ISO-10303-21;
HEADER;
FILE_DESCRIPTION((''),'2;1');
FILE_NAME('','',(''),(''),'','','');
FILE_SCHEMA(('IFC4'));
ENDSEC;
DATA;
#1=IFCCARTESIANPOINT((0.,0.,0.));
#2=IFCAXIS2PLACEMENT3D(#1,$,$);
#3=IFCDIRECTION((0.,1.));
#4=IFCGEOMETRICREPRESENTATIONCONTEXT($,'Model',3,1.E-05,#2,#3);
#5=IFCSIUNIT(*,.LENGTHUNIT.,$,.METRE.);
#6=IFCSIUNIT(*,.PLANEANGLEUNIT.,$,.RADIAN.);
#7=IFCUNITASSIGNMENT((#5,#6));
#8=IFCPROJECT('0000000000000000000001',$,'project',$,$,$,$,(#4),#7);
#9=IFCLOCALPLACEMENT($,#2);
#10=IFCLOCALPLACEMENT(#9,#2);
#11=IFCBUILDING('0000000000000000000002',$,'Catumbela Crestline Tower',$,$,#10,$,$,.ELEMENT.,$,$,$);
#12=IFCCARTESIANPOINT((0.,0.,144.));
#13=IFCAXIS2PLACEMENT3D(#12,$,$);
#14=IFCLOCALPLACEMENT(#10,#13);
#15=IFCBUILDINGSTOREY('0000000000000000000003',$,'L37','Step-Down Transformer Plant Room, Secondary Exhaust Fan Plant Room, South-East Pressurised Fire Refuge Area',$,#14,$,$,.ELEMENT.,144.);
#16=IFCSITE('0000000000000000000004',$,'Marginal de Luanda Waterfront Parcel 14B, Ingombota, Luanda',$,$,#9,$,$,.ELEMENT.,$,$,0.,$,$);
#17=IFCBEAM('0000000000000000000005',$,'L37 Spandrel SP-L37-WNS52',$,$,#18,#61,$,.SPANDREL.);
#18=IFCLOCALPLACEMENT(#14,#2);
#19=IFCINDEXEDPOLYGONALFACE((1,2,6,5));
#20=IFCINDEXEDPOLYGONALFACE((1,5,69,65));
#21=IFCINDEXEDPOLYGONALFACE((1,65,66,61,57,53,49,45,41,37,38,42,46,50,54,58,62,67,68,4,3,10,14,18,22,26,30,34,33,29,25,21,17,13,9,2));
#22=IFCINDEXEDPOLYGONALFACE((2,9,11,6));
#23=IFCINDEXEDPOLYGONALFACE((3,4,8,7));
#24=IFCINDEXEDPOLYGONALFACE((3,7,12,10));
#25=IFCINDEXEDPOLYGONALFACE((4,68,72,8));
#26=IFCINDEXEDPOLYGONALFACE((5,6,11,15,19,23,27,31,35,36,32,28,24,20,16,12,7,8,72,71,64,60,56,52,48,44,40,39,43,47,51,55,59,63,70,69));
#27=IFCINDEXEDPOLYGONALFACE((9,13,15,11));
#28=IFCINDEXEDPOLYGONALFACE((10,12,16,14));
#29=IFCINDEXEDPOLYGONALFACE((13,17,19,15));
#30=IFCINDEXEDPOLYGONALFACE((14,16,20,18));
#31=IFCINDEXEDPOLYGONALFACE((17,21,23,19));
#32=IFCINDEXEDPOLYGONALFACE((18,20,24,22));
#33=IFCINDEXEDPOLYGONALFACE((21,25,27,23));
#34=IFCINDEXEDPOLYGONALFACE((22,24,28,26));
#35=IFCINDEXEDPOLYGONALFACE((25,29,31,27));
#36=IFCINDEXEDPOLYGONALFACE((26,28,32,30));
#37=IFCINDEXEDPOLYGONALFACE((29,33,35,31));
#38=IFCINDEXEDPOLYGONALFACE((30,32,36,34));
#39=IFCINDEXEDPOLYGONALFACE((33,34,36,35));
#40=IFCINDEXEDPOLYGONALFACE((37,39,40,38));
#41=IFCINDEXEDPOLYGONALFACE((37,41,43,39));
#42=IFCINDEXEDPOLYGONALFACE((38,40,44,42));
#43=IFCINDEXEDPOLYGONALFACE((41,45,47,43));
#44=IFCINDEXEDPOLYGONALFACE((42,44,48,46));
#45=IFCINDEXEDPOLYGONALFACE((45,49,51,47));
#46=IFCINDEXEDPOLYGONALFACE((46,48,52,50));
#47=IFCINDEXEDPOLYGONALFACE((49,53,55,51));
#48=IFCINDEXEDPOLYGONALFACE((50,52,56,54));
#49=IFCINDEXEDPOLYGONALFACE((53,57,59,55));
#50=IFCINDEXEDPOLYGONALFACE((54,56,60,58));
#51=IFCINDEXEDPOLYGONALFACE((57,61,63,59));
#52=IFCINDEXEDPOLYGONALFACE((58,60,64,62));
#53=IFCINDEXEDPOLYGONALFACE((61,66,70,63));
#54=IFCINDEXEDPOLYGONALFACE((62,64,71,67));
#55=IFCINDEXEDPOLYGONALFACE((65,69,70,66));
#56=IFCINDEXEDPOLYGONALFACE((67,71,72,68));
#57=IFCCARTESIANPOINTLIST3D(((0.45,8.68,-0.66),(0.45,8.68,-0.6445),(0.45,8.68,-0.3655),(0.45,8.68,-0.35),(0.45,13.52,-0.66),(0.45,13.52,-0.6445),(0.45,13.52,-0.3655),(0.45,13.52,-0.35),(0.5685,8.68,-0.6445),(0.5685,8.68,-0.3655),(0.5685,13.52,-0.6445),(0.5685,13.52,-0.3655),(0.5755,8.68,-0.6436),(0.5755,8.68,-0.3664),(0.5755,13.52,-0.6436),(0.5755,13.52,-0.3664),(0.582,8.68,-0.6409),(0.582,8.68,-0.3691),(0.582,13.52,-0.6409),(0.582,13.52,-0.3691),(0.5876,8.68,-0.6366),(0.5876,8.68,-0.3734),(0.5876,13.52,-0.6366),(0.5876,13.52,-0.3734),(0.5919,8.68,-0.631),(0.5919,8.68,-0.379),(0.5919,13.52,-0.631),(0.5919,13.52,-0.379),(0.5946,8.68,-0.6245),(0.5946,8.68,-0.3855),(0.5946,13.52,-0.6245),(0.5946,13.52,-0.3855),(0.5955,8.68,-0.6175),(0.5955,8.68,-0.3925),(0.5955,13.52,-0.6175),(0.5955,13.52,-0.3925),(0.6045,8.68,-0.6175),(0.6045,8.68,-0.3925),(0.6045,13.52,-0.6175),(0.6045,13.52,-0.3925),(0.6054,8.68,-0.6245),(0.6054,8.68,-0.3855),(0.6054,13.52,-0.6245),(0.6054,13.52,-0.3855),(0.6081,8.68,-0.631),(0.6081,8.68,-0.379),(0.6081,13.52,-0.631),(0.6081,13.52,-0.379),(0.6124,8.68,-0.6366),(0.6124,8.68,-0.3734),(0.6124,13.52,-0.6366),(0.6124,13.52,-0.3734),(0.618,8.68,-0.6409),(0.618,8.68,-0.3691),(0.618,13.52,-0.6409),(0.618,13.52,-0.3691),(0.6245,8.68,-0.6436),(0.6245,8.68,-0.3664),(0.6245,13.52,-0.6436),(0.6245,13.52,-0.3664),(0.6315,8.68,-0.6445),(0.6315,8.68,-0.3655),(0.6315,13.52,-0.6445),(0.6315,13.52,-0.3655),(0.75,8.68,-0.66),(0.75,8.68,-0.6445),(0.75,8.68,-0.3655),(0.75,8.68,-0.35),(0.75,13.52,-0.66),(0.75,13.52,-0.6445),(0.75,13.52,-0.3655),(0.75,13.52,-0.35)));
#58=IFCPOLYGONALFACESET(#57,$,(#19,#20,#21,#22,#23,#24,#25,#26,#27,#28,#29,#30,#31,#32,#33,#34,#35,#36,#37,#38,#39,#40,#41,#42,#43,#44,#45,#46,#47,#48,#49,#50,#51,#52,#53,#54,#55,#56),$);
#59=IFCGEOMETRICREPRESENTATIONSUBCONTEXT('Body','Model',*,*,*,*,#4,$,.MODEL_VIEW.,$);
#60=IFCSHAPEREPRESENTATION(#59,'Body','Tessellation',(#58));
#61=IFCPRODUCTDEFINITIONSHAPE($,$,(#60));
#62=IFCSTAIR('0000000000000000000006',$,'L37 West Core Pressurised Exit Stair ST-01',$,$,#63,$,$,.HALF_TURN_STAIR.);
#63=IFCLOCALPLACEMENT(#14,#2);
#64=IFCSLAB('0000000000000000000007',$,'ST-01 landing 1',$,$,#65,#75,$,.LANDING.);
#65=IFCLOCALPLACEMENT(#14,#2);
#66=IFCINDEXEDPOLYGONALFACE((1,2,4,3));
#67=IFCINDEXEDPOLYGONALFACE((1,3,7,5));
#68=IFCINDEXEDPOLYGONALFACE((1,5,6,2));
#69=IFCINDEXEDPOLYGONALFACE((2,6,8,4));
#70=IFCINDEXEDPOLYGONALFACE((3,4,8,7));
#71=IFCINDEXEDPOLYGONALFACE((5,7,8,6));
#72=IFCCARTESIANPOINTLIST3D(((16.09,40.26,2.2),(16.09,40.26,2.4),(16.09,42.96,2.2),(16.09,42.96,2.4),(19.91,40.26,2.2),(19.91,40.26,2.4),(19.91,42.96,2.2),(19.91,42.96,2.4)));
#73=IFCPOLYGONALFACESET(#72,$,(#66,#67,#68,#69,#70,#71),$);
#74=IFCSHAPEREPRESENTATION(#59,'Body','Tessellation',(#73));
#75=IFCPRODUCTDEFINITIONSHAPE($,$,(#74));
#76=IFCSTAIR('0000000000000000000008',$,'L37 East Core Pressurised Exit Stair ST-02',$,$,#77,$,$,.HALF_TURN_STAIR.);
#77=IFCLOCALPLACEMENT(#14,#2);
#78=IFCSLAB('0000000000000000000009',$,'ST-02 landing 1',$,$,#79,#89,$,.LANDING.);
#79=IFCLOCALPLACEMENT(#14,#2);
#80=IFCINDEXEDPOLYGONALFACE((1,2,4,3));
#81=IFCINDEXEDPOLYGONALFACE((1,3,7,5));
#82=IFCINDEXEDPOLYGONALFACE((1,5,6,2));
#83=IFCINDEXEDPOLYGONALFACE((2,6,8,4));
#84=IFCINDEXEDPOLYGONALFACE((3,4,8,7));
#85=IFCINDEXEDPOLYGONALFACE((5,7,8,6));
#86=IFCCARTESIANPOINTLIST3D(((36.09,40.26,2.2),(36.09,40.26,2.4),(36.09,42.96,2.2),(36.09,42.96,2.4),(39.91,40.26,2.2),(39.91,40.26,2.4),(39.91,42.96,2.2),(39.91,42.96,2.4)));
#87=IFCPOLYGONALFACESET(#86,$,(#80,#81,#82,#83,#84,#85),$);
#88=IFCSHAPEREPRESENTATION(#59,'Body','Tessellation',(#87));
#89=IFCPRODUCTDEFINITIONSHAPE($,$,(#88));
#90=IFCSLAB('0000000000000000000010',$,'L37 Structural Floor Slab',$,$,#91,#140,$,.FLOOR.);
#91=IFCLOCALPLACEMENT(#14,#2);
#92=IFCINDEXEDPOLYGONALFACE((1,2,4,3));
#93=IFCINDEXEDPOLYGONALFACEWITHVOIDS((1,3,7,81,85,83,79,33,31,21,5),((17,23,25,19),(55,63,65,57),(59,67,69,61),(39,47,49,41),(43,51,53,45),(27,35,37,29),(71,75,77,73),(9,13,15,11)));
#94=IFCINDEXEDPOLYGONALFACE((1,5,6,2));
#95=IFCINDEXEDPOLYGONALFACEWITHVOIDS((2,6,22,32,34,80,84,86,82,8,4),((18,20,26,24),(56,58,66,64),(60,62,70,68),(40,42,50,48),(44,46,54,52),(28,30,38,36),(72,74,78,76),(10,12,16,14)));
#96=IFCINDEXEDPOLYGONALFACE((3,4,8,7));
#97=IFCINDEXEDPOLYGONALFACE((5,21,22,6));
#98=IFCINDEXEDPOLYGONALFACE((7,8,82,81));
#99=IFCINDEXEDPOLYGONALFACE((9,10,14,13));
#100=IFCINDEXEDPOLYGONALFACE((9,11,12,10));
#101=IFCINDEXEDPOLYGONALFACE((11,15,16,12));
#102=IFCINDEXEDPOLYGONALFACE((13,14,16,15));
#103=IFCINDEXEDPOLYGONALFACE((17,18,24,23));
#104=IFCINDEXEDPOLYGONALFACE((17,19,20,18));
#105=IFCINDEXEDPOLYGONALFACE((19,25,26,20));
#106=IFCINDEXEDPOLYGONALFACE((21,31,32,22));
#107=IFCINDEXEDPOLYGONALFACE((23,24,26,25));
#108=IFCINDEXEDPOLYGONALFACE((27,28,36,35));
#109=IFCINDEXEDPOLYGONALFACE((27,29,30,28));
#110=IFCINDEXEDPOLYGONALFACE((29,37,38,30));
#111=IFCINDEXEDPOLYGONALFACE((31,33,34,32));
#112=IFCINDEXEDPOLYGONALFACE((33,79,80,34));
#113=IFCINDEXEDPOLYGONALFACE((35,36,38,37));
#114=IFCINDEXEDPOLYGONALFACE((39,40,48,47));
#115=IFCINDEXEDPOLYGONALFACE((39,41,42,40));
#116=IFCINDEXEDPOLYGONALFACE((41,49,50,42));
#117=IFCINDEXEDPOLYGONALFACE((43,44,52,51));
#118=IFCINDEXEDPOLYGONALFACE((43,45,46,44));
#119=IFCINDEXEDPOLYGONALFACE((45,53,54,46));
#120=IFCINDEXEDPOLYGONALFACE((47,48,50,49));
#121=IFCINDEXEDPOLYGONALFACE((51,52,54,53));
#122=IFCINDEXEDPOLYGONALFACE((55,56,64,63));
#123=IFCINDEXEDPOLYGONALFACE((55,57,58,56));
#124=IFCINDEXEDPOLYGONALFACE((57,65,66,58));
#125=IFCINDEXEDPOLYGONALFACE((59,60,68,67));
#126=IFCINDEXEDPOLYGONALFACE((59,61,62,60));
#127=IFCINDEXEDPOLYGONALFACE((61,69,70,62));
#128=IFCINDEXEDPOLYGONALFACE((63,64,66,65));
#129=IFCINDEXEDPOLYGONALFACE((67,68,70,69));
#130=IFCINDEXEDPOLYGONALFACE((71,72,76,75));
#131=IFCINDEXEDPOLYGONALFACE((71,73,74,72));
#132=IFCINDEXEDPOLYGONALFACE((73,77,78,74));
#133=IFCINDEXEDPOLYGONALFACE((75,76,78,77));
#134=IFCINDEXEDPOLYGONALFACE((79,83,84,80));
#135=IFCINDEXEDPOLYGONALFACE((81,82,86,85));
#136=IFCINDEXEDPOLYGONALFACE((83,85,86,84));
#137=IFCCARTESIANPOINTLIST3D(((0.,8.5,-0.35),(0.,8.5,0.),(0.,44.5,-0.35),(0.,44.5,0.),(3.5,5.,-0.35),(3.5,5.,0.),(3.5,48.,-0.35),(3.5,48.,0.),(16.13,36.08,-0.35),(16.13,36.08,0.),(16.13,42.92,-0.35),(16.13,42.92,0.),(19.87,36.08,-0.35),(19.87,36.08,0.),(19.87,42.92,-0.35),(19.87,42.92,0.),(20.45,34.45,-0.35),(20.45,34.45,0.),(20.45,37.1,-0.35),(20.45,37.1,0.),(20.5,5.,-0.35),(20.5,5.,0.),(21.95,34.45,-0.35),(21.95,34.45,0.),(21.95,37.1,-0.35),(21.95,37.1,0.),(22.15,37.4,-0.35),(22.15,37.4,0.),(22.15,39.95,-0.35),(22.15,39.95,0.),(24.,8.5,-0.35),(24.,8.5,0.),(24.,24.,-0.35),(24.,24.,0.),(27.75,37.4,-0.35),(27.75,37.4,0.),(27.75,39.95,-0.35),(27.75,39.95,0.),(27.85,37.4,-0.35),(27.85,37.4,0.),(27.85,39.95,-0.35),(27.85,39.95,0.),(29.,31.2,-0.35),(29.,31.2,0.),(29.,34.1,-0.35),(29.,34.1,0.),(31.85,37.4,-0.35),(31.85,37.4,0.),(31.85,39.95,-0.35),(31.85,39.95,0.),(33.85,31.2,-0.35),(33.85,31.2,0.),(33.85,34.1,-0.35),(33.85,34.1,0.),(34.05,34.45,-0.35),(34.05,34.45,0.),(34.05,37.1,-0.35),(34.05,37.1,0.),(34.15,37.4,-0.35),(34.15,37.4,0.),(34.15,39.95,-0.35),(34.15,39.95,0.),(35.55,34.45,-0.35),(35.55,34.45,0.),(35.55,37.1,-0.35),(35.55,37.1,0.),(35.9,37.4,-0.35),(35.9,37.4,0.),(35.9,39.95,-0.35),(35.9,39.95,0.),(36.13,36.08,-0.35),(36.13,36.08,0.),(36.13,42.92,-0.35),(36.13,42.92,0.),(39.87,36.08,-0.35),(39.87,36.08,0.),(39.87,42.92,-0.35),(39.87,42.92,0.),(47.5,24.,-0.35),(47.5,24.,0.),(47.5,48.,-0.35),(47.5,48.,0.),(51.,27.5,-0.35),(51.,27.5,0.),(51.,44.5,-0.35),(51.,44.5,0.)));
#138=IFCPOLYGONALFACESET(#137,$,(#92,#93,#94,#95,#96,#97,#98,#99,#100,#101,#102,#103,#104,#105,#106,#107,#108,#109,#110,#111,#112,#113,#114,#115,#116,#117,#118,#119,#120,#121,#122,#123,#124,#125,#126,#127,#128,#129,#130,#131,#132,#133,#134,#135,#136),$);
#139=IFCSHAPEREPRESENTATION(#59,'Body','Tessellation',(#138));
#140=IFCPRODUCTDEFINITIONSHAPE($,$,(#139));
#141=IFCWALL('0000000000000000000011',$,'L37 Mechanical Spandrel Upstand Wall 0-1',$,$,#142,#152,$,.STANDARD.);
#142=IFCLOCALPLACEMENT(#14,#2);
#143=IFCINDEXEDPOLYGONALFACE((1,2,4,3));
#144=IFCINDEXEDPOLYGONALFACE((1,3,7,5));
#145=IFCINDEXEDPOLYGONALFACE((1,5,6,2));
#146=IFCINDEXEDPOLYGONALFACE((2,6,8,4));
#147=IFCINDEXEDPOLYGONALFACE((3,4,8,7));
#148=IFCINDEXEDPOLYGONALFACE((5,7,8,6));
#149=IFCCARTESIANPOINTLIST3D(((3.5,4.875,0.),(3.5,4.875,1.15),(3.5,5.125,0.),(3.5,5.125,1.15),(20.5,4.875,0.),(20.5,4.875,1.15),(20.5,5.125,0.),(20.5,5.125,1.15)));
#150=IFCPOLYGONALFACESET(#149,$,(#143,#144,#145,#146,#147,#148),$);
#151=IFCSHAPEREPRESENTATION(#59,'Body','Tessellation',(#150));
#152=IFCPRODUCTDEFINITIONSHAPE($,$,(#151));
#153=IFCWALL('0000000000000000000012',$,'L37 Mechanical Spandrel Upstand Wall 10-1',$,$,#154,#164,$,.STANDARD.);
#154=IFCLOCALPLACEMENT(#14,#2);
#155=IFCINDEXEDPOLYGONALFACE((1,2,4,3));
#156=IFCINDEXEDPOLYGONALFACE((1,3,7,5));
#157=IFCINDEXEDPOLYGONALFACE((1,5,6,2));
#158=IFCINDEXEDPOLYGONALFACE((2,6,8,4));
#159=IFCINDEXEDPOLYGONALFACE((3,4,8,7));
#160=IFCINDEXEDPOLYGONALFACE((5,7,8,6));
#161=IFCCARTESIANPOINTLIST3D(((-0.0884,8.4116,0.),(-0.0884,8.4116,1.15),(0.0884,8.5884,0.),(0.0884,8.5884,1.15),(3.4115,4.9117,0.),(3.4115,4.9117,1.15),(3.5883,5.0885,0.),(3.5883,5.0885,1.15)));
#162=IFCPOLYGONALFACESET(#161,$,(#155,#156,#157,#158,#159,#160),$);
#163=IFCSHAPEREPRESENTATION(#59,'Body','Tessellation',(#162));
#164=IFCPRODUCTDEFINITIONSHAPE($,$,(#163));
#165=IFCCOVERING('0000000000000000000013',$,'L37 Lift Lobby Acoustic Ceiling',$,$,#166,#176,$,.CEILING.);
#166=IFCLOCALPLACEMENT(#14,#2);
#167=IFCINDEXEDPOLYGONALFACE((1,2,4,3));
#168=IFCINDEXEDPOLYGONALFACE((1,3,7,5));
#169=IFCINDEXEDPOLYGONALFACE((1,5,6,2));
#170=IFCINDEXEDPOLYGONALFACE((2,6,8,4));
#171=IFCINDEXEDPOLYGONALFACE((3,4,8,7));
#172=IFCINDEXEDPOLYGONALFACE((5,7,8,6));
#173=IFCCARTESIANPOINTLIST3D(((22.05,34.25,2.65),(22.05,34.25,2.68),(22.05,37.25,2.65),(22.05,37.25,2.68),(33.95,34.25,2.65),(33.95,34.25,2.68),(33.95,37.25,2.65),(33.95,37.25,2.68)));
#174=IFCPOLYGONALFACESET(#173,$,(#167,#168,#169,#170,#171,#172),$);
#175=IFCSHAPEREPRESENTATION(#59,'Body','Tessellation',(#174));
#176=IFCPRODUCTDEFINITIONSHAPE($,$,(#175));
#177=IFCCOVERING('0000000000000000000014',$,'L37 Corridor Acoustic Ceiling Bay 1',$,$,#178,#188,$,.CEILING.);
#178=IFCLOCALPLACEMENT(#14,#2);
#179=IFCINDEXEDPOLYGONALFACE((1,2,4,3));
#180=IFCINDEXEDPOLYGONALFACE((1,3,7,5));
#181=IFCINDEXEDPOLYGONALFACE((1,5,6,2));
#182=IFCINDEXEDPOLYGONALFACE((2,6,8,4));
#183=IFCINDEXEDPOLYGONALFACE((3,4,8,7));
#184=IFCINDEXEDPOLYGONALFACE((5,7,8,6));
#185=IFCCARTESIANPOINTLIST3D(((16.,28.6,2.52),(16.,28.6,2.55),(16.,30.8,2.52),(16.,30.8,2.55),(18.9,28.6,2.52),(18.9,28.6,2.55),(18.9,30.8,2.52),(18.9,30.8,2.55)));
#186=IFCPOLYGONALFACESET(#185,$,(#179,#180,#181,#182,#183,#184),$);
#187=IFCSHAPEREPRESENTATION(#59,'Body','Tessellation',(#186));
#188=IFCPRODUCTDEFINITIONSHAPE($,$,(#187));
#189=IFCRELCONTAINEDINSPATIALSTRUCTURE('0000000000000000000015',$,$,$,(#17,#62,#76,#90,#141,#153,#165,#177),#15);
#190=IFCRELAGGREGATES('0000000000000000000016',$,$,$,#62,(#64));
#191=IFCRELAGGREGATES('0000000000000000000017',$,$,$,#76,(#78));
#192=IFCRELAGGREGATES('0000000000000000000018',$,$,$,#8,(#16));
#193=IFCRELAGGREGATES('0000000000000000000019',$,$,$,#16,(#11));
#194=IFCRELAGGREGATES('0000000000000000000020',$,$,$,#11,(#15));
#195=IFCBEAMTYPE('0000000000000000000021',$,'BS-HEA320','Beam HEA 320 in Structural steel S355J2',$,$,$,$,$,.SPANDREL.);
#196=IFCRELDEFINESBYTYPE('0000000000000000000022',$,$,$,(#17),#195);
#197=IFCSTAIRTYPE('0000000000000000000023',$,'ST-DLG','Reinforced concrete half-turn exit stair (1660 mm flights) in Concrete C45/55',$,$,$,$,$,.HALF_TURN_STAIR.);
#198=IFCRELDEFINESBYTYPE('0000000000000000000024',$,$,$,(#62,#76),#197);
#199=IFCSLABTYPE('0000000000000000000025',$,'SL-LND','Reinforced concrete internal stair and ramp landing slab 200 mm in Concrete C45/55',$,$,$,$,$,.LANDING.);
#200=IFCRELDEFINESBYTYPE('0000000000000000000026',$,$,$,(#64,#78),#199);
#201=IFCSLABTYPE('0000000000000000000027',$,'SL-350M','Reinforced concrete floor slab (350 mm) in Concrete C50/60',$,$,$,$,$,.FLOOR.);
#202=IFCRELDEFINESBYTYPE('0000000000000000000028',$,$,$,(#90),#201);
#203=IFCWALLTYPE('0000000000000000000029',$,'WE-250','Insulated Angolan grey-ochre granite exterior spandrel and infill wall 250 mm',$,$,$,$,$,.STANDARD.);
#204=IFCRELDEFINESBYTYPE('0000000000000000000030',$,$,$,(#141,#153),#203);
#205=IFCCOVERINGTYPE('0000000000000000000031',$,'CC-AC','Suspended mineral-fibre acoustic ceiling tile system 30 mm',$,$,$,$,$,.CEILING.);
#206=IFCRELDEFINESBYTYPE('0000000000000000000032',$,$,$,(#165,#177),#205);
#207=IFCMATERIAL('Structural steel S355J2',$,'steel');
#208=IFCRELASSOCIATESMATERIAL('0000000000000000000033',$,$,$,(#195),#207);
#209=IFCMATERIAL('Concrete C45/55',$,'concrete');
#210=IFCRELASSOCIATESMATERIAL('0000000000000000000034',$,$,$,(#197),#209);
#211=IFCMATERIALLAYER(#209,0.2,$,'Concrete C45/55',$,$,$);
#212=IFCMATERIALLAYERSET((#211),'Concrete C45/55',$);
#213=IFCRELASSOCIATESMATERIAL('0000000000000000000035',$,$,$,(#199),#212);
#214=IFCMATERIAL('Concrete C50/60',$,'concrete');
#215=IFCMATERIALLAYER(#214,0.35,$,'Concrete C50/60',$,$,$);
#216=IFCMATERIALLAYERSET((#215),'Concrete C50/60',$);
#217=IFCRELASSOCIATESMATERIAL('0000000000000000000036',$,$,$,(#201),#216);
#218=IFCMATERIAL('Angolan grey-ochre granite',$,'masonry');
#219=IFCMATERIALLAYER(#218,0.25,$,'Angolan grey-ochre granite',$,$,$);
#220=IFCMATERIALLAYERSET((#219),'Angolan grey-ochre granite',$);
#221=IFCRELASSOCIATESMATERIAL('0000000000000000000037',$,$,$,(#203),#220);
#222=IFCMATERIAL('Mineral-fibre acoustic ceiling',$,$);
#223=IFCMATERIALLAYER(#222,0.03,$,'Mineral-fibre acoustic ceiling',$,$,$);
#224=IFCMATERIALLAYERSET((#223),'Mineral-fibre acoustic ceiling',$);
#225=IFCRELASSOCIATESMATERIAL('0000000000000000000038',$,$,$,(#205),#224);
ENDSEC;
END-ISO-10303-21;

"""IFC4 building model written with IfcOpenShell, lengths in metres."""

from ifc_helpers import new_model, si_unit, direction, frame, frame_2d, origin, origin_2d, place, context, subcontext, project, spatial, polyline, rectangle, i_section, outline, extrude, material, layer, layer_set, material_profile, profile_set, type_object, element, aggregate, save


model = new_model("IFC4")

# Units and contexts
model_context = context("Model", 3, precision=1e-05, world=origin(), true_north=direction((0.0, 1.0)))
body_context = subcontext(model_context, "Body", "Model", "MODEL_VIEW")
ifc_project = project(units=[si_unit("LENGTHUNIT", "METRE"), si_unit("PLANEANGLEUNIT", "RADIAN")], contexts=[model_context])

# Site, building, storey
site_placement = place(None, origin())
site = spatial("IfcSite", under=ifc_project, at=site_placement, Name="Marginal de Luanda Waterfront Parcel 14B, Ingombota, Luanda", CompositionType="ELEMENT", RefElevation=0.0)
building_placement = place(site_placement, origin())
building = spatial("IfcBuilding", under=site, at=building_placement, Name="Catumbela Crestline Tower", CompositionType="ELEMENT")
storey_placement = place(building_placement, frame((0.0, 0.0, 144.0)))
storey = spatial("IfcBuildingStorey", under=building, at=storey_placement, Name="L37", Description="Step-Down Transformer Plant Room, Secondary Exhaust Fan Plant Room, South-East Pressurised Fire Refuge Area", CompositionType="ELEMENT", Elevation=144.0)

# Beam
ifc_material_1 = material(Name="Structural steel S355J2", Category="steel")
ifc_material_profile_1 = material_profile(ifc_material_1, i_section(OverallWidth=0.3, OverallDepth=0.31, WebThickness=0.009, FlangeThickness=0.0155, FilletRadius=0.027, at=origin_2d()), Name="HEA 320")
ifc_profile_set_1 = profile_set([ifc_material_profile_1], Name="Structural steel S355J2")
beam_type_1 = type_object("IfcBeamType", Name="BS-HEA320", Description="Beam HEA 320 in Structural steel S355J2", PredefinedType="SPANDREL", material=ifc_profile_set_1)
beam_1_placement = place(storey_placement, frame((0.6, 8.68, -0.505), z_axis=(0.0, 1.0, 0.0), x_axis=(-1.0, 0.0, 0.0)))
element("IfcBeam", 1, at=beam_1_placement, inside=storey, type_object=beam_type_1, Name="L37 Spandrel SP-L37-WNS52", PredefinedType="SPANDREL", context=body_context, shape_type="SweptSolid", body=[
    extrude(i_section(OverallWidth=0.3, OverallDepth=0.31, WebThickness=0.009, FlangeThickness=0.0155, FilletRadius=0.027, at=origin_2d()), origin(), (0.0, 0.0, 1.0), 4.84),
])

# Stairs, slabs
ifc_material_2 = material(Name="Concrete C45/55", Category="concrete")
stair_type = type_object("IfcStairType", Name="ST-DLG", Description="Reinforced concrete half-turn exit stair (1660 mm flights) in Concrete C45/55", PredefinedType="HALF_TURN_STAIR", material=ifc_material_2)
stair_1_placement = place(storey_placement, origin())
stair_1 = element("IfcStair", 2, at=stair_1_placement, inside=storey, type_object=stair_type, Name="L37 West Core Pressurised Exit Stair ST-01", PredefinedType="HALF_TURN_STAIR")
ifc_layer_1 = layer(ifc_material_2, 0.2, Name="Concrete C45/55")
ifc_layer_set_1 = layer_set([ifc_layer_1], Name="Concrete C45/55")
slab_type_1 = type_object("IfcSlabType", Name="SL-LND", Description="Reinforced concrete internal stair and ramp landing slab 200 mm in Concrete C45/55", PredefinedType="LANDING", material=ifc_layer_set_1)
slab_1_placement = place(storey_placement, frame((0.0, 0.0, 2.2)))
slab_1 = element("IfcSlab", 3, at=slab_1_placement, type_object=slab_type_1, Name="ST-01 landing 1", PredefinedType="LANDING", context=body_context, shape_type="SweptSolid", body=[
    extrude(outline(polyline([(19.91, 40.26), (19.91, 42.96), (16.09, 42.96), (16.09, 40.26), (19.91, 40.26)])), origin(), (0.0, 0.0, 1.0), 0.2),
])
aggregate(stair_1, [slab_1])
stair_2_placement = place(storey_placement, origin())
stair_2 = element("IfcStair", 4, at=stair_2_placement, inside=storey, type_object=stair_type, Name="L37 East Core Pressurised Exit Stair ST-02", PredefinedType="HALF_TURN_STAIR")
slab_2_placement = place(storey_placement, frame((0.0, 0.0, 2.2)))
slab_2 = element("IfcSlab", 5, at=slab_2_placement, type_object=slab_type_1, Name="ST-02 landing 1", PredefinedType="LANDING", context=body_context, shape_type="SweptSolid", body=[
    extrude(outline(polyline([(39.91, 40.26), (39.91, 42.96), (36.09, 42.96), (36.09, 40.26), (39.91, 40.26)])), origin(), (0.0, 0.0, 1.0), 0.2),
])
aggregate(stair_2, [slab_2])

# Slab
ifc_material_3 = material(Name="Concrete C50/60", Category="concrete")
ifc_layer_2 = layer(ifc_material_3, 0.35, Name="Concrete C50/60")
ifc_layer_set_2 = layer_set([ifc_layer_2], Name="Concrete C50/60")
slab_type_2 = type_object("IfcSlabType", Name="SL-350M", Description="Reinforced concrete floor slab (350 mm) in Concrete C50/60", PredefinedType="FLOOR", material=ifc_layer_set_2)
slab_3_placement = place(storey_placement, frame((0.0, 0.0, -0.35)))
element("IfcSlab", 6, at=slab_3_placement, inside=storey, type_object=slab_type_2, Name="L37 Structural Floor Slab", PredefinedType="FLOOR", context=body_context, shape_type="SweptSolid", body=[
    extrude(outline(polyline([(3.5, 5.0), (20.5, 5.0), (24.0, 8.5), (24.0, 24.0), (47.5, 24.0), (51.0, 27.5), (51.0, 44.5), (47.5, 48.0), (3.5, 48.0), (0.0, 44.5), (0.0, 8.5), (3.5, 5.0)]), holes=[polyline([(16.13, 36.08), (19.87, 36.08), (19.87, 42.92), (16.13, 42.92), (16.13, 36.08)]), polyline([(36.13, 36.08), (39.87, 36.08), (39.87, 42.92), (36.13, 42.92), (36.13, 36.08)]), polyline([(29.0, 31.2), (33.85, 31.2), (33.85, 34.1), (29.0, 34.1), (29.0, 31.2)]), polyline([(22.15, 37.4), (27.75, 37.4), (27.75, 39.95), (22.15, 39.95), (22.15, 37.4)]), polyline([(27.85, 37.4), (31.85, 37.4), (31.85, 39.95), (27.85, 39.95), (27.85, 37.4)]), polyline([(20.45, 34.45), (21.95, 34.45), (21.95, 37.1), (20.45, 37.1), (20.45, 34.45)]), polyline([(34.05, 34.45), (35.55, 34.45), (35.55, 37.1), (34.05, 37.1), (34.05, 34.45)]), polyline([(34.15, 37.4), (35.9, 37.4), (35.9, 39.95), (34.15, 39.95), (34.15, 37.4)])]), origin(), (0.0, 0.0, 1.0), 0.35),
])

# Walls
ifc_material_4 = material(Name="Angolan grey-ochre granite", Category="masonry")
ifc_layer_3 = layer(ifc_material_4, 0.25, Name="Angolan grey-ochre granite")
ifc_layer_set_3 = layer_set([ifc_layer_3], Name="Angolan grey-ochre granite")
wall_type = type_object("IfcWallType", Name="WE-250", Description="Insulated Angolan grey-ochre granite exterior spandrel and infill wall 250 mm", PredefinedType="STANDARD", material=ifc_layer_set_3)
wall_1_placement = place(storey_placement, frame((3.5, 5.0, 0.0), z_axis=(0.0, 0.0, 1.0), x_axis=(1.0, 0.0, 0.0)))
element("IfcWall", 7, at=wall_1_placement, inside=storey, type_object=wall_type, Name="L37 Mechanical Spandrel Upstand Wall 0-1", PredefinedType="STANDARD", context=body_context, shape_type="SweptSolid", body=[
    extrude(rectangle(XDim=17.0, YDim=0.25, at=frame_2d((8.5, 0.0))), origin(), (0.0, 0.0, 1.0), 1.15),
])
wall_2_placement = place(storey_placement, frame((0.0, 8.5, 0.0), z_axis=(0.0, 0.0, 1.0), x_axis=(0.707107, -0.707107, 0.0)))
element("IfcWall", 8, at=wall_2_placement, inside=storey, type_object=wall_type, Name="L37 Mechanical Spandrel Upstand Wall 10-1", PredefinedType="STANDARD", context=body_context, shape_type="SweptSolid", body=[
    extrude(rectangle(XDim=4.9497, YDim=0.25, at=frame_2d((2.4748, 0.0))), origin(), (0.0, 0.0, 1.0), 1.15),
])

# Coverings
ifc_material_5 = material(Name="Mineral-fibre acoustic ceiling")
ifc_layer_4 = layer(ifc_material_5, 0.03, Name="Mineral-fibre acoustic ceiling")
ifc_layer_set_4 = layer_set([ifc_layer_4], Name="Mineral-fibre acoustic ceiling")
covering_type_1 = type_object("IfcCoveringType", Name="CC-AC", Description="Suspended mineral-fibre acoustic ceiling tile system 30 mm", PredefinedType="CEILING", material=ifc_layer_set_4)
covering_1_placement = place(storey_placement, frame((0.0, 0.0, 2.65)))
element("IfcCovering", 9, at=covering_1_placement, inside=storey, type_object=covering_type_1, Name="L37 Lift Lobby Acoustic Ceiling", PredefinedType="CEILING", context=body_context, shape_type="SweptSolid", body=[
    extrude(outline(polyline([(22.05, 34.25), (33.95, 34.25), (33.95, 37.25), (22.05, 37.25), (22.05, 34.25)])), origin(), (0.0, 0.0, 1.0), 0.03),
])
covering_2_placement = place(storey_placement, frame((0.0, 0.0, 2.52)))
element("IfcCovering", 10, at=covering_2_placement, inside=storey, type_object=covering_type_1, Name="L37 Corridor Acoustic Ceiling Bay 1", PredefinedType="CEILING", context=body_context, shape_type="SweptSolid", body=[
    extrude(outline(polyline([(16.0, 28.6), (18.9, 28.6), (18.9, 30.8), (16.0, 30.8), (16.0, 28.6)])), origin(), (0.0, 0.0, 1.0), 0.03),
])

save(model, "model.ifc")
